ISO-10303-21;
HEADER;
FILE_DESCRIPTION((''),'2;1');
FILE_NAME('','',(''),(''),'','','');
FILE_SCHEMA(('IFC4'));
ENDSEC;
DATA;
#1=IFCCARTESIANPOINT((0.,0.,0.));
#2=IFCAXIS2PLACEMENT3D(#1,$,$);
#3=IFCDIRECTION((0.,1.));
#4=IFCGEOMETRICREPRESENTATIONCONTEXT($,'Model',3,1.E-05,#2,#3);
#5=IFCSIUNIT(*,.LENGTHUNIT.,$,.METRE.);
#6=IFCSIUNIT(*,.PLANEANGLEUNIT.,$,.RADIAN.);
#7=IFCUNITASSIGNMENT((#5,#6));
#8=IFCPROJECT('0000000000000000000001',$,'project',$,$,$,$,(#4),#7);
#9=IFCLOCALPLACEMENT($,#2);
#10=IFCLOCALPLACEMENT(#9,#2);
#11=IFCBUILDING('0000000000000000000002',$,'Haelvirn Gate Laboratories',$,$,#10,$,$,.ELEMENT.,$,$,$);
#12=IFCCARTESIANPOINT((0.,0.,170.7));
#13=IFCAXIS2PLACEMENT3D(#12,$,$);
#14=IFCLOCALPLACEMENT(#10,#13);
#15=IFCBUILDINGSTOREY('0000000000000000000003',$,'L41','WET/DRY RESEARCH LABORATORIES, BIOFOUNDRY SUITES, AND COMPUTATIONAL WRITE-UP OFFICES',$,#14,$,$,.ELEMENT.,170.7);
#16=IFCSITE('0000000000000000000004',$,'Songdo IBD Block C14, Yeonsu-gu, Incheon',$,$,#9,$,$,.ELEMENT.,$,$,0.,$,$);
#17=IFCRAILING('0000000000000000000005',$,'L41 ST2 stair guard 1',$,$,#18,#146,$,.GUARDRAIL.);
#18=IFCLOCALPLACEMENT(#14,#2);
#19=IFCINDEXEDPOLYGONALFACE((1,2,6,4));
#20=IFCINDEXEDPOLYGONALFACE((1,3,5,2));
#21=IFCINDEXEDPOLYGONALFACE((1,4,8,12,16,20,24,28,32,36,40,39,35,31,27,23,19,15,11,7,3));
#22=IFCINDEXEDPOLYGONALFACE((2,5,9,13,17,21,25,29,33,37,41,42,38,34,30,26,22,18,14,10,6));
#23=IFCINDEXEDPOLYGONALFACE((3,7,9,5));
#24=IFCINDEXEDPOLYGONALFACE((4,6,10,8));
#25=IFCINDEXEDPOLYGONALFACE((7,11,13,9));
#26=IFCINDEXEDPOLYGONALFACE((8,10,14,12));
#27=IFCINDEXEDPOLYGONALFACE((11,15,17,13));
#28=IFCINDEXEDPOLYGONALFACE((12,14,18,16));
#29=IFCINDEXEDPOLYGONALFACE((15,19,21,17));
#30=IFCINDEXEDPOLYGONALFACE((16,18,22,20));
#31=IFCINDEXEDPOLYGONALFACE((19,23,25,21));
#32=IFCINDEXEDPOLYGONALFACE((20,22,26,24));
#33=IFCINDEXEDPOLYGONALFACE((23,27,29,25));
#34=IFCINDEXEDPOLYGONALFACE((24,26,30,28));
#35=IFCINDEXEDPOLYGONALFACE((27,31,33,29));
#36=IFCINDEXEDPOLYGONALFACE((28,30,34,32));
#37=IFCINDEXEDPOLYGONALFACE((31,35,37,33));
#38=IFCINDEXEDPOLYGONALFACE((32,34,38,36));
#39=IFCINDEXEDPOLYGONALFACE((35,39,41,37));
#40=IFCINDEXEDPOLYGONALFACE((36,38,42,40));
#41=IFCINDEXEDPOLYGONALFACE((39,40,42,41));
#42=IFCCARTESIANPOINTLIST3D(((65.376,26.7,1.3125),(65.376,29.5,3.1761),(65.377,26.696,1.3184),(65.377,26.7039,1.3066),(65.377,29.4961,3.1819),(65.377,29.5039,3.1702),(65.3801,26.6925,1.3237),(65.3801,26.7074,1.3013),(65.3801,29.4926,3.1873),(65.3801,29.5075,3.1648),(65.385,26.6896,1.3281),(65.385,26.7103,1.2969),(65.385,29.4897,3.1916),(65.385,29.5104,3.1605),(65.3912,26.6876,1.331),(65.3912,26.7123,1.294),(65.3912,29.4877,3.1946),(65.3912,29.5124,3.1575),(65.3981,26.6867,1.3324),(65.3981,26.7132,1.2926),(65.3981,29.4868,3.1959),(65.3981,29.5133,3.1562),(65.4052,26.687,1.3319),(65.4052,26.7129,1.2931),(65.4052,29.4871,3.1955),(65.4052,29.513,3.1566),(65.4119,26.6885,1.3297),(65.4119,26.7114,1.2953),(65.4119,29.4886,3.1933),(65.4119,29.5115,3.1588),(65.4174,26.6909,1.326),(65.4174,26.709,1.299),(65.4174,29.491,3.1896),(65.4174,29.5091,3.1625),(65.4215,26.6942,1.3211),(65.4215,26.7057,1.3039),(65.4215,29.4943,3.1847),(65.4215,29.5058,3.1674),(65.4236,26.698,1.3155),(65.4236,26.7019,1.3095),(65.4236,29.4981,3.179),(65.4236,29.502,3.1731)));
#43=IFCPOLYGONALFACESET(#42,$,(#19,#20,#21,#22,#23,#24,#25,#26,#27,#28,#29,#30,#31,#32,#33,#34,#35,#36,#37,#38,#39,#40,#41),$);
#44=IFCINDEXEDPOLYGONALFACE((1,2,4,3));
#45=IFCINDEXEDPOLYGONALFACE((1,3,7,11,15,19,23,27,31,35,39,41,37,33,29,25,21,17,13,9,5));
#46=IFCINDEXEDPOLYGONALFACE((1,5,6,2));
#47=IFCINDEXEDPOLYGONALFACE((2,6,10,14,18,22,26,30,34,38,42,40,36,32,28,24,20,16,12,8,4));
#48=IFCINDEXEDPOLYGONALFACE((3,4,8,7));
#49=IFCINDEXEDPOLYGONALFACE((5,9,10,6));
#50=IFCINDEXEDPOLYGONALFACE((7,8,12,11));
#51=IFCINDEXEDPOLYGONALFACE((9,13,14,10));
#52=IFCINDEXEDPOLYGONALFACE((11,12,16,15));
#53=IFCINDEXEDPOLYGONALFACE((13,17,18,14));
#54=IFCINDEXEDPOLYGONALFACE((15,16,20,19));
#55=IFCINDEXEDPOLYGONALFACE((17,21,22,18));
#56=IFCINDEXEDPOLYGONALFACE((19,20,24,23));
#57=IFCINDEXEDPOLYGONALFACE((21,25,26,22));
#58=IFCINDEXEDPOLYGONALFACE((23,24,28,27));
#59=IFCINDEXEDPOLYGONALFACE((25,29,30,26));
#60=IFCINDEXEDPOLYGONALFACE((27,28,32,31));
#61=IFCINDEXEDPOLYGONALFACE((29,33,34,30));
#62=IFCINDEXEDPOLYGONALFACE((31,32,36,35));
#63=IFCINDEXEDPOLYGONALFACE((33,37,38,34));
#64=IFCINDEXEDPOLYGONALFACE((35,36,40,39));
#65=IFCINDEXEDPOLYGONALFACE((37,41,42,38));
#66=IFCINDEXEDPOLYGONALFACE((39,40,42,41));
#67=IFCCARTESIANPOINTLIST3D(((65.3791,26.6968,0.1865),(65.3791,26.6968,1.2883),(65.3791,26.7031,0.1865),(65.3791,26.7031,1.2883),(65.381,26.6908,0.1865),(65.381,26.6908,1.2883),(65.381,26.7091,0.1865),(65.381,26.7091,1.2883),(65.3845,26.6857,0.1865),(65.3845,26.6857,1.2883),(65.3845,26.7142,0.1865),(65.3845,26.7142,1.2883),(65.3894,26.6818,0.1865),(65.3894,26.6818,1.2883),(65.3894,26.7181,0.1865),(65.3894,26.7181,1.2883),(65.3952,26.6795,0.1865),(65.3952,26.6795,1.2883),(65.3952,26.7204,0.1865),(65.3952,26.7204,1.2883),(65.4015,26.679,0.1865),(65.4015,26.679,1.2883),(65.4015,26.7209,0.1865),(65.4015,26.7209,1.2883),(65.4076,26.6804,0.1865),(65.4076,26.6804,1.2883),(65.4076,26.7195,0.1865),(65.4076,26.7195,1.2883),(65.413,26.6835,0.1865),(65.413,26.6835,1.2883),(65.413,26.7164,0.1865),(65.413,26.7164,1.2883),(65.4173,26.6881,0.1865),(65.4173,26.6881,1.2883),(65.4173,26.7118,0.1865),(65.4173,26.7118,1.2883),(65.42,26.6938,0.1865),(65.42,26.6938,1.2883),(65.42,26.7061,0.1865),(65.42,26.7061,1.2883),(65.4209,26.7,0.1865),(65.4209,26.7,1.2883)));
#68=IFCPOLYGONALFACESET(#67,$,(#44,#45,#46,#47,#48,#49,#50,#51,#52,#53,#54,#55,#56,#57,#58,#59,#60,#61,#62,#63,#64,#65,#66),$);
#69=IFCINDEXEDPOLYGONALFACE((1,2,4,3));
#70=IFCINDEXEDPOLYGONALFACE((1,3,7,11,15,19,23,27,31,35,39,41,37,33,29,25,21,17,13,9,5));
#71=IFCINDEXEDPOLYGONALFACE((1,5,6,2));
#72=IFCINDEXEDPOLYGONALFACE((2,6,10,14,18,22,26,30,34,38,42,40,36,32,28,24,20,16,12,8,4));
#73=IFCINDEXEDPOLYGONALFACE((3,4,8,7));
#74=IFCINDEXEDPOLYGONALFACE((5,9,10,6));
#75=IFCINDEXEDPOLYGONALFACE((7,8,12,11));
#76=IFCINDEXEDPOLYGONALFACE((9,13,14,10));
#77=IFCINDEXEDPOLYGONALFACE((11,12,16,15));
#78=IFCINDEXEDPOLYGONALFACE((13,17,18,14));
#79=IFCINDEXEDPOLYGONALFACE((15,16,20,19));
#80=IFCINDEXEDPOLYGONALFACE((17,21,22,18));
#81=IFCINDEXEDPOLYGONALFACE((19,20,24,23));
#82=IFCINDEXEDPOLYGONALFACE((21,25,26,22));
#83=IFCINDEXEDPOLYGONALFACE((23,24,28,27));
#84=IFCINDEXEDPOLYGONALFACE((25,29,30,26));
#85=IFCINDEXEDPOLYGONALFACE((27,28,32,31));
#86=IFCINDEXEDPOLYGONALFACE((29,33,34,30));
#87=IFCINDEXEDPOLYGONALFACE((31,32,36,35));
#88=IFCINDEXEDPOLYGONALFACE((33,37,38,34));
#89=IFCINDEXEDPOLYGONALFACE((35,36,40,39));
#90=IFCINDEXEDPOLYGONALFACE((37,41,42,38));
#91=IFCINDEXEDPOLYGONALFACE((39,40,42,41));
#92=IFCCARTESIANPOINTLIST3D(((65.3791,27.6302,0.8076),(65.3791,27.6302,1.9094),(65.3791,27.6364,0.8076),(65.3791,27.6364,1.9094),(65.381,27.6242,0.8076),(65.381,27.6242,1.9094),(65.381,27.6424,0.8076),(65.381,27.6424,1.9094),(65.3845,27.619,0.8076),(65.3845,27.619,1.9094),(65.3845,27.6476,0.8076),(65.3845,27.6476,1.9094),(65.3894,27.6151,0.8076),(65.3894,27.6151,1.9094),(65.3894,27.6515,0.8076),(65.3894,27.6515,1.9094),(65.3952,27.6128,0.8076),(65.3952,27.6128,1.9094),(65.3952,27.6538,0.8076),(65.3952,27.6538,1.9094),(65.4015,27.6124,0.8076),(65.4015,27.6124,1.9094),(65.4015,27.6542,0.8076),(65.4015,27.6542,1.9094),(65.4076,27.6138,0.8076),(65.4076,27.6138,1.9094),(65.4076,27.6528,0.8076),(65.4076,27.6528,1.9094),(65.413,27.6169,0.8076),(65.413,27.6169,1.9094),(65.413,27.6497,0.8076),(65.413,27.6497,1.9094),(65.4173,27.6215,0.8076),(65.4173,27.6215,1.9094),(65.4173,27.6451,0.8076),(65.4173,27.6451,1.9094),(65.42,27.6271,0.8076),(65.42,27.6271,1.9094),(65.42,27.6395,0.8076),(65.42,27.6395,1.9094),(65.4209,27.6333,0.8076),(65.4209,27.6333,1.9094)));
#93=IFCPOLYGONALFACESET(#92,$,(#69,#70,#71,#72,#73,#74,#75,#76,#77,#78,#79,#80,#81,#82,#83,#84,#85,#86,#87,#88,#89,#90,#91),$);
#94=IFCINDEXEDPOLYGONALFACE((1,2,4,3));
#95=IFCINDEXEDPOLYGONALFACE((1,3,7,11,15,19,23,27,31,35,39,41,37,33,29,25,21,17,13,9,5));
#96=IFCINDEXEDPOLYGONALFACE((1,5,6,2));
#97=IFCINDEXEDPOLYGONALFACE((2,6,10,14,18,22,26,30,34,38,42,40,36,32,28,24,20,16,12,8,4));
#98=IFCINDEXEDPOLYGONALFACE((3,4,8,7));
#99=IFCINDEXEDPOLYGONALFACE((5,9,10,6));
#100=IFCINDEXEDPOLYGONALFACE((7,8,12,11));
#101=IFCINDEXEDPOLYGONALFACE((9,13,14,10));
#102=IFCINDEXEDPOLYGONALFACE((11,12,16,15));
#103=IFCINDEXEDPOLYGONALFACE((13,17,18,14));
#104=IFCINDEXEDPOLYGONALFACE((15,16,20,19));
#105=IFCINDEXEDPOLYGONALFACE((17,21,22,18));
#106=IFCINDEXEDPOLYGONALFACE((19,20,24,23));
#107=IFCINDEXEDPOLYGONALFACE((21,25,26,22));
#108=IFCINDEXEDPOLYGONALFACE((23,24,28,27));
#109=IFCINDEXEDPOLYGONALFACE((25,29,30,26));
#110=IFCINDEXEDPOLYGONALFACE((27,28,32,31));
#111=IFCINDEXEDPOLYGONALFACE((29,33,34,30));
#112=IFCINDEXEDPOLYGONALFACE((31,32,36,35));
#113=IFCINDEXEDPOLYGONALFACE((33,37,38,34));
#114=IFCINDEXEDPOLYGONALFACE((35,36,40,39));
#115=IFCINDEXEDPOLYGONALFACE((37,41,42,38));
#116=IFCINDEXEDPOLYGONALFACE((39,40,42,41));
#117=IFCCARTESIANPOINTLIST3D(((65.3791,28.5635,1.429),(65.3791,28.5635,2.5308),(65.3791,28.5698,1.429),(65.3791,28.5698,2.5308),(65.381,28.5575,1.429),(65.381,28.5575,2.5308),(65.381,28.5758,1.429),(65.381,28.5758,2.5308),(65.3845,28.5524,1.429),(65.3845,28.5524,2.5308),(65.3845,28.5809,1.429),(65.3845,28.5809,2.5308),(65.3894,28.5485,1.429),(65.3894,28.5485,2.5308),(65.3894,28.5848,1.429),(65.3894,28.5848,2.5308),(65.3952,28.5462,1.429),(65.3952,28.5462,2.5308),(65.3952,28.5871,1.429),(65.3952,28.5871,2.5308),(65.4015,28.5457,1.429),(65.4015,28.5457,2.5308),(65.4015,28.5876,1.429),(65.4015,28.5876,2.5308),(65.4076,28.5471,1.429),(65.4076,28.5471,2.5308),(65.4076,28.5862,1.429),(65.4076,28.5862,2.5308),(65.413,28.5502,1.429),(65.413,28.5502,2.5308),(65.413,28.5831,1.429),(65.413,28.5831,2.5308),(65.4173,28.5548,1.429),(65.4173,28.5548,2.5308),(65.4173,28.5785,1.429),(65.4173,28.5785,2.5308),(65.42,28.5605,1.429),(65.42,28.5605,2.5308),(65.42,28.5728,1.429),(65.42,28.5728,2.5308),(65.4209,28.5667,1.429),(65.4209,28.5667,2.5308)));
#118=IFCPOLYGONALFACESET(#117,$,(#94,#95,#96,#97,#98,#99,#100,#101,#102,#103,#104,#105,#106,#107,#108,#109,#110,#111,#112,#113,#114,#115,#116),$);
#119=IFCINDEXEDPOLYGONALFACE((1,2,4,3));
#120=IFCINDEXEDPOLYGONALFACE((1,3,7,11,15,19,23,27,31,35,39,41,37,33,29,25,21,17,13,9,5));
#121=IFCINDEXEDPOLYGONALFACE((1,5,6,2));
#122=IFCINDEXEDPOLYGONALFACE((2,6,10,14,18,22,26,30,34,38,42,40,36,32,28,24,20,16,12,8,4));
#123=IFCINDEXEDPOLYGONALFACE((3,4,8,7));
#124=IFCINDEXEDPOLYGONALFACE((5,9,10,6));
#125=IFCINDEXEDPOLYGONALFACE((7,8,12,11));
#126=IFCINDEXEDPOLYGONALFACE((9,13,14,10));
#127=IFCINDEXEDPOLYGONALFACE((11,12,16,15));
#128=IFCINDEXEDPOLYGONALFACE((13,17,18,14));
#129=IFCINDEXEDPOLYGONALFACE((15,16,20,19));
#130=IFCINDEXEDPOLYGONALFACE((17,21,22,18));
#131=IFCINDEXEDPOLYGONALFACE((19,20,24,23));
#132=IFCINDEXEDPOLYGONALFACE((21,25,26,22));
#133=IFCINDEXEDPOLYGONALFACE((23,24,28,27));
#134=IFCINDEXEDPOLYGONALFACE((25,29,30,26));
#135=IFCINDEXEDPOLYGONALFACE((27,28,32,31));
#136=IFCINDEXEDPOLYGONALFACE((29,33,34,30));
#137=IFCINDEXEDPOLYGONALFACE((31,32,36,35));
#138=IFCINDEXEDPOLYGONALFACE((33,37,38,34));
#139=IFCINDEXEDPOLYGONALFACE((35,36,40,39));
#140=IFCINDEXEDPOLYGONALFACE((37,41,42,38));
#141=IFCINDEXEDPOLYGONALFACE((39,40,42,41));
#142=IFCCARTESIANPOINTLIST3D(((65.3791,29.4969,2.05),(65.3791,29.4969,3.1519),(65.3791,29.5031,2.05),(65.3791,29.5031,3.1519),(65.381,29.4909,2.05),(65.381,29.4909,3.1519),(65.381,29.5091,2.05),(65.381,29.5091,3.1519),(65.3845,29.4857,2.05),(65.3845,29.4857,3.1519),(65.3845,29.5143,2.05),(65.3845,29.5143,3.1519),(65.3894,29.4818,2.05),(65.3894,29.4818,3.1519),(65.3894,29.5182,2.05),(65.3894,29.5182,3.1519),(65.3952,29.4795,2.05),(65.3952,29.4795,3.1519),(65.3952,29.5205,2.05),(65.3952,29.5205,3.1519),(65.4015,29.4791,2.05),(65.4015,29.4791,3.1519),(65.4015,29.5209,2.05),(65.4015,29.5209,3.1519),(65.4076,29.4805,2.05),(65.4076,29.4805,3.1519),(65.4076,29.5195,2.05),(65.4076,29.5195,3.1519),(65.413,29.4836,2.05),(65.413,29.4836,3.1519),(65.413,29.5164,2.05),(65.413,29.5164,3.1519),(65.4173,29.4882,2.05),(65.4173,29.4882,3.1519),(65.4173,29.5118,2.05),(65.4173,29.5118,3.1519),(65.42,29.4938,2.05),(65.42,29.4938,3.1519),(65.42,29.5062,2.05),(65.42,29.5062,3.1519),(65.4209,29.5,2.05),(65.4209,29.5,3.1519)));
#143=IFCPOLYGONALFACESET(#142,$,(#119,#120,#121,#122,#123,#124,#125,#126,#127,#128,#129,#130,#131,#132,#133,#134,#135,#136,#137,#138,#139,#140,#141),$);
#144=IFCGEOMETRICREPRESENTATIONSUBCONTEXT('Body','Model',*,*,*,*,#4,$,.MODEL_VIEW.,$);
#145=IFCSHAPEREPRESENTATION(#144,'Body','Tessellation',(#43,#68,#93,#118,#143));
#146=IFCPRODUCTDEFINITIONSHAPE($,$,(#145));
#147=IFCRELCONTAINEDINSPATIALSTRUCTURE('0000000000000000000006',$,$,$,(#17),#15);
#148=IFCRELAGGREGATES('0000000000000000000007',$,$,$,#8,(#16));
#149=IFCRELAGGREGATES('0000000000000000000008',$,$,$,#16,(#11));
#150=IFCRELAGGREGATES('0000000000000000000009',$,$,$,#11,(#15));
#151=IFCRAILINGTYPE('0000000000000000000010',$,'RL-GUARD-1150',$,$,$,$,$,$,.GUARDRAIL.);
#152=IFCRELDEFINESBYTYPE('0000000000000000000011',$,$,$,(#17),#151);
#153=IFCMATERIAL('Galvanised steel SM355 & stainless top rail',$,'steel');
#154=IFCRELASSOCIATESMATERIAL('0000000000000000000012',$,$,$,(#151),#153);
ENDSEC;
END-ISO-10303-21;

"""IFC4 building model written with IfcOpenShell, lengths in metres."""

from ifc_helpers import new_model, si_unit, direction, frame, origin, origin_2d, place, context, subcontext, project, spatial, circle, extrude, source, transform, mapped, material, type_object, element, save


model = new_model("IFC4")

# Units and contexts
model_context = context("Model", 3, precision=1e-05, world=origin(), true_north=direction((0.0, 1.0)))
body_context = subcontext(model_context, "Body", "Model", "MODEL_VIEW")
ifc_project = project(units=[si_unit("LENGTHUNIT", "METRE"), si_unit("PLANEANGLEUNIT", "RADIAN")], contexts=[model_context])

# Site, building, storey
site_placement = place(None, origin())
site = spatial("IfcSite", under=ifc_project, at=site_placement, Name="Songdo IBD Block C14, Yeonsu-gu, Incheon", CompositionType="ELEMENT", RefElevation=0.0)
building_placement = place(site_placement, origin())
building = spatial("IfcBuilding", under=site, at=building_placement, Name="Haelvirn Gate Laboratories", CompositionType="ELEMENT")
storey_placement = place(building_placement, frame((0.0, 0.0, 170.7)))
storey = spatial("IfcBuildingStorey", under=building, at=storey_placement, Name="L41", Description="WET/DRY RESEARCH LABORATORIES, BIOFOUNDRY SUITES, AND COMPUTATIONAL WRITE-UP OFFICES", CompositionType="ELEMENT", Elevation=170.7)

# Railing
ifc_material_1 = material(Name="Galvanised steel SM355 & stainless top rail", Category="steel")
railing_type_1 = type_object("IfcRailingType", Name="RL-GUARD-1150", PredefinedType="GUARDRAIL", material=ifc_material_1)
shared_shape_1 = source(origin(), body_context, "Body", "SweptSolid", [
    extrude(circle(Radius=0.0239, at=origin_2d()), frame((0.0, 0.0, 1.126), z_axis=(0.0, 0.832486, 0.554047), x_axis=(-1.0, 0.0, 0.0)), (0.0, 0.0, 1.0), 3.3635),
    extrude(circle(Radius=0.021, at=origin_2d()), origin(), (0.0, 0.0, 1.0), 1.1018),
    extrude(circle(Radius=0.021, at=origin_2d()), frame((0.0, 0.9333, 0.6211)), (0.0, 0.0, 1.0), 1.1018),
    extrude(circle(Radius=0.021, at=origin_2d()), frame((0.0, 1.8667, 1.2424)), (0.0, 0.0, 1.0), 1.1018),
    extrude(circle(Radius=0.021, at=origin_2d()), frame((0.0, 2.8, 1.8635)), (0.0, 0.0, 1.0), 1.1018),
])
railing_1_placement = place(storey_placement, frame((65.3999, 26.7, 0.1865)))
element("IfcRailing", 1, at=railing_1_placement, inside=storey, type_object=railing_type_1, Name="L41 ST2 stair guard 1", PredefinedType="GUARDRAIL", context=body_context, shape_type="MappedRepresentation", body=[
    mapped(shared_shape_1, transform((0.0, 0.0, 0.0), scale=1.0)),
])

save(model, "model.ifc")
